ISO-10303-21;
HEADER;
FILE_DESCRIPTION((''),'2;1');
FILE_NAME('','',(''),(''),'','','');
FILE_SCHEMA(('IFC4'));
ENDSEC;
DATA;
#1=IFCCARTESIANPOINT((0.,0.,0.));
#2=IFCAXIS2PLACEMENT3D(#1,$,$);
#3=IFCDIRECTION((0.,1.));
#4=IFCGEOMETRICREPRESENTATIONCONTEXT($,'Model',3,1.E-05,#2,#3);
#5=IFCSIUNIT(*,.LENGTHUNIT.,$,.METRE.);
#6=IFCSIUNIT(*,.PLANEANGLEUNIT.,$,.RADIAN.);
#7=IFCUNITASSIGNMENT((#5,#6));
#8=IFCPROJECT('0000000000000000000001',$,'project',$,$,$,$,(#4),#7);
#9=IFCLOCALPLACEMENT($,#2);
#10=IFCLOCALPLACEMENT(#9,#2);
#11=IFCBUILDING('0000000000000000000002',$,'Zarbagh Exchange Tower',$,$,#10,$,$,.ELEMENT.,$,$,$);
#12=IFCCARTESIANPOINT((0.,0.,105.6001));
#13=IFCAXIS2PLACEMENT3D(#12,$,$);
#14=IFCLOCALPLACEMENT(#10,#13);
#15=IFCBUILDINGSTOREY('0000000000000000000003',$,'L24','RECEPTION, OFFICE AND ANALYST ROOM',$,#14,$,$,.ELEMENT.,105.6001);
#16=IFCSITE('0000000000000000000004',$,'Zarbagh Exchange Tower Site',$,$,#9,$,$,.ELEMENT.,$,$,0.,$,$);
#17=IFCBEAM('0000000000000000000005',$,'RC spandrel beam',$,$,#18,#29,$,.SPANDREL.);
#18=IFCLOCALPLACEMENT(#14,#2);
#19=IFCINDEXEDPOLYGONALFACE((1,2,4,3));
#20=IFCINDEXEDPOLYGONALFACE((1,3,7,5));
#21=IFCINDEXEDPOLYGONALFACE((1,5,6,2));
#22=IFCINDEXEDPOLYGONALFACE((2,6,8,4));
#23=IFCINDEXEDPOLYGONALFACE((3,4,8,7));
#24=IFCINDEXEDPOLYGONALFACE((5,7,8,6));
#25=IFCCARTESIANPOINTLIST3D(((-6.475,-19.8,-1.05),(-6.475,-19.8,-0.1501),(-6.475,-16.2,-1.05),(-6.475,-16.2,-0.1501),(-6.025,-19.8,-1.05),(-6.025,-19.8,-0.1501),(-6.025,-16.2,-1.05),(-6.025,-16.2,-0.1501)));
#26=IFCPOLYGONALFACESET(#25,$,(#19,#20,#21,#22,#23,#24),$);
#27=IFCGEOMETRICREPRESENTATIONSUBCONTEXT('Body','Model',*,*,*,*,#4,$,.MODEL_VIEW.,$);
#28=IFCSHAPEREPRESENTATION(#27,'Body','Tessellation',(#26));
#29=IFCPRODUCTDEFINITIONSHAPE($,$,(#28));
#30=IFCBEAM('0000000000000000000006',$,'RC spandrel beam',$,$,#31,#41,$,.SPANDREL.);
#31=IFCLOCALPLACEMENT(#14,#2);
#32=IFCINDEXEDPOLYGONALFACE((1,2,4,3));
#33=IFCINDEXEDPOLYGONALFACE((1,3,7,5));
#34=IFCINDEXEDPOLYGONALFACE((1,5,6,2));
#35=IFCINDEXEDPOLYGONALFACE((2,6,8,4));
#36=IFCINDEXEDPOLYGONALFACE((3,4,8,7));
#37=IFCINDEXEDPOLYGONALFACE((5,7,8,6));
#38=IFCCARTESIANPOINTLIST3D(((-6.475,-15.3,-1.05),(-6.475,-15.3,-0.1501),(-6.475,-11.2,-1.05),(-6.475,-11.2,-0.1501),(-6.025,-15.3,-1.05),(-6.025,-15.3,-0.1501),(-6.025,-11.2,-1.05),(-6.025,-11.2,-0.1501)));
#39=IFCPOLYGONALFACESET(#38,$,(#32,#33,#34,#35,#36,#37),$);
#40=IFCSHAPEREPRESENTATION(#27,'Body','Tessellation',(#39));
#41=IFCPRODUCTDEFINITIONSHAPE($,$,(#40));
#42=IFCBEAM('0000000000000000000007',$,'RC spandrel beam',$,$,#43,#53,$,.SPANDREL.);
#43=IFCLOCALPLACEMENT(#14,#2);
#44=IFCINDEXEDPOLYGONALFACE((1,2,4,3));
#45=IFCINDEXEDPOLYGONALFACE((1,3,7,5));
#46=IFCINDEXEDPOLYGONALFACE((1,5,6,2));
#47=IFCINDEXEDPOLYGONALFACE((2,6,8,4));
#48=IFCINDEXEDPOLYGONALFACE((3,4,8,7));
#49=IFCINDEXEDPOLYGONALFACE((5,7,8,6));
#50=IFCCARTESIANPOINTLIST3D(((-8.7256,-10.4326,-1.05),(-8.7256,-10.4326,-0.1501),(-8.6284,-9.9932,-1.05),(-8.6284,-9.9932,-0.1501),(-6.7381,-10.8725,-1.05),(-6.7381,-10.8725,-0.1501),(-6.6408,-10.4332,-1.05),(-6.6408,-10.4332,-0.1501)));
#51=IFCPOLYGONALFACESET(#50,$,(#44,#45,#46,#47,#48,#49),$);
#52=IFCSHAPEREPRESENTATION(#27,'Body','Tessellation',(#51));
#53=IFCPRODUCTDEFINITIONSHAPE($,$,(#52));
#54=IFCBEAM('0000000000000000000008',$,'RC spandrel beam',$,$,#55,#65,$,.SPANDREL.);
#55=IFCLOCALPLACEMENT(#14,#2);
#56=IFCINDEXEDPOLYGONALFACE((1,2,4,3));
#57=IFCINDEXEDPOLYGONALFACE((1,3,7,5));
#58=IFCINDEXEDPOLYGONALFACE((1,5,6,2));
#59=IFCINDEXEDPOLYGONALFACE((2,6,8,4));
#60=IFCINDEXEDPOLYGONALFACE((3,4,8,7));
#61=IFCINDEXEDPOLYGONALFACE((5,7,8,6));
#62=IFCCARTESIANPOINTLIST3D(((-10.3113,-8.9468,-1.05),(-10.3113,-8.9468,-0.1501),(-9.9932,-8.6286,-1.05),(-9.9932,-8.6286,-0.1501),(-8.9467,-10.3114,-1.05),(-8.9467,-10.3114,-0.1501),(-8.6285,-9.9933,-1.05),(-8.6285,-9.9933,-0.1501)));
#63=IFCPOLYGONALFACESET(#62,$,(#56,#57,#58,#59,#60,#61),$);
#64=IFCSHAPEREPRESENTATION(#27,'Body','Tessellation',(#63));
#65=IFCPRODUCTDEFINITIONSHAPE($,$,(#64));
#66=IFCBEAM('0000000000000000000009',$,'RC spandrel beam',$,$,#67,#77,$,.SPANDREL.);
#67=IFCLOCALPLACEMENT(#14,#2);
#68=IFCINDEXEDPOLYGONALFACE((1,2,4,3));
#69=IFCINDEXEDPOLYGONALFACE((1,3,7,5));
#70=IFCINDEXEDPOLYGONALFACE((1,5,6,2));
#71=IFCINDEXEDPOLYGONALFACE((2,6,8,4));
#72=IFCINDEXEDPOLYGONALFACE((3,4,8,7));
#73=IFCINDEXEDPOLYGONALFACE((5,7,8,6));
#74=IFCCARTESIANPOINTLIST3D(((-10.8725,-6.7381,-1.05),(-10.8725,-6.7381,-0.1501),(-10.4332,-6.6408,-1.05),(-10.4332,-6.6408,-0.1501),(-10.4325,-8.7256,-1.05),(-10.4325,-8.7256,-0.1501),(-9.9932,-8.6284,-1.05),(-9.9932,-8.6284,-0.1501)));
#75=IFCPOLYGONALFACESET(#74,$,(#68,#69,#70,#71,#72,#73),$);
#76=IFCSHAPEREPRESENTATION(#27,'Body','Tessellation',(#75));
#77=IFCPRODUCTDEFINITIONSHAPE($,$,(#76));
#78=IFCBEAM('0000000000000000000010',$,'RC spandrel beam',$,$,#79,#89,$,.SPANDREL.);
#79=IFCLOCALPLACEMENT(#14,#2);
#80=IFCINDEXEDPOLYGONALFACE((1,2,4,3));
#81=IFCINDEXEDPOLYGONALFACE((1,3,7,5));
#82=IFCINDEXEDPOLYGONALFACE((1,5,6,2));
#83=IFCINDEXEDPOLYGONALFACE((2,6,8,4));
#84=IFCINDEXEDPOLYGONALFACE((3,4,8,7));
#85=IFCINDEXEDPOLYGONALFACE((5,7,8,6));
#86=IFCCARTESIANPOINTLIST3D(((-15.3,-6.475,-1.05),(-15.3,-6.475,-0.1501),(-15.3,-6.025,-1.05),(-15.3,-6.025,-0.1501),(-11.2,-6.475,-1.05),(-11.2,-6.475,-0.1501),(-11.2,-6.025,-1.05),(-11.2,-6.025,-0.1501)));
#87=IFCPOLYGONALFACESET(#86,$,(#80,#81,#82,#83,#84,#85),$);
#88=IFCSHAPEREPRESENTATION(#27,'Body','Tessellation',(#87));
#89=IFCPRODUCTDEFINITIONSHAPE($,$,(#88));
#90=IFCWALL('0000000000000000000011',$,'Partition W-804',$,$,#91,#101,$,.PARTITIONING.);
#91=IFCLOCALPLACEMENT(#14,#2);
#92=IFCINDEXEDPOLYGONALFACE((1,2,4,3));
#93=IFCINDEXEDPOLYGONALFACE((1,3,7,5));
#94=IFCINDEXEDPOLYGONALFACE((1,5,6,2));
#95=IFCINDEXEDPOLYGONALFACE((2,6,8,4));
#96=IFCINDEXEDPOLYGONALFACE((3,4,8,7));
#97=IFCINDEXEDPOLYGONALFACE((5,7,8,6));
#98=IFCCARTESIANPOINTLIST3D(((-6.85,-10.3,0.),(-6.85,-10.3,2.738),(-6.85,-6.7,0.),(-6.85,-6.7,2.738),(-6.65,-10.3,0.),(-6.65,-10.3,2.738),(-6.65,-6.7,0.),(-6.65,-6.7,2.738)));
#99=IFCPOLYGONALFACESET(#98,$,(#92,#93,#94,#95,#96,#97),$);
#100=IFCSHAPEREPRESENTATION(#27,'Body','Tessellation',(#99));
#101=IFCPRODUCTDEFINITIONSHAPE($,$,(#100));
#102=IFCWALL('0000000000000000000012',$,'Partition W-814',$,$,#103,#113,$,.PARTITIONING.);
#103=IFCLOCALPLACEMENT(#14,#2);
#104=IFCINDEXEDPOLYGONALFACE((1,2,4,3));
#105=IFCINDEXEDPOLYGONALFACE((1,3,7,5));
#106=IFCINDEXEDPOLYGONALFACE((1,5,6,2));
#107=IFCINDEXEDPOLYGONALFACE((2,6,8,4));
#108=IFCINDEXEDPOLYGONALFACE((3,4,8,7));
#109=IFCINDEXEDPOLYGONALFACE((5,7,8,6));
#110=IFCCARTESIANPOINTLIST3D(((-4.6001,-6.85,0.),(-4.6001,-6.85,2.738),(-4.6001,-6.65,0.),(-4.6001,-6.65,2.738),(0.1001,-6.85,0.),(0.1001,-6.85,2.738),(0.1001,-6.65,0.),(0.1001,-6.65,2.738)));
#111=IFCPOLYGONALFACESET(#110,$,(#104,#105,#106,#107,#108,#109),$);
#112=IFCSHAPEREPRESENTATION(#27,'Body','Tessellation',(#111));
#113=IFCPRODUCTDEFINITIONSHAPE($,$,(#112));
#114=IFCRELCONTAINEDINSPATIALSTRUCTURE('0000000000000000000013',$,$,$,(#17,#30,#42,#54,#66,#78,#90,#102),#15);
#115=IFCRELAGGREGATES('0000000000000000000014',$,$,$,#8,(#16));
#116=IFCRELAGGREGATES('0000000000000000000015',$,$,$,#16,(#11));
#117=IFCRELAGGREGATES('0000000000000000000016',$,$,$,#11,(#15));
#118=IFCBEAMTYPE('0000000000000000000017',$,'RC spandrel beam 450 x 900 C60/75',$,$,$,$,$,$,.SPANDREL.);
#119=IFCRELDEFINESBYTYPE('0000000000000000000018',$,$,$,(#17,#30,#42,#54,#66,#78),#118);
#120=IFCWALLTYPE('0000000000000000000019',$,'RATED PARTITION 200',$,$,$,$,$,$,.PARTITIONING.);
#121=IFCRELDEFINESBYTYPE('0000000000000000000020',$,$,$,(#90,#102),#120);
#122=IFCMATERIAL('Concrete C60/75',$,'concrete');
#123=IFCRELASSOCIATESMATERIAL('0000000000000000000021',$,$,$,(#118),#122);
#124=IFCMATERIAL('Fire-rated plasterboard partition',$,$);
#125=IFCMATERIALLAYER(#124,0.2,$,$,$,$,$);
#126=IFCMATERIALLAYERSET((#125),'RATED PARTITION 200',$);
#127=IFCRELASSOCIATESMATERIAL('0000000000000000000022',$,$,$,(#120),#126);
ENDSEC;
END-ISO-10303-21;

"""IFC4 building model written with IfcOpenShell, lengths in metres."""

from ifc_helpers import new_model, si_unit, direction, frame, frame_2d, origin, origin_2d, place, context, subcontext, project, spatial, rectangle, extrude, material, layer, layer_set, material_profile, profile_set, type_object, element, save


model = new_model("IFC4")

# Units and contexts
model_context = context("Model", 3, precision=1e-05, world=origin(), true_north=direction((0.0, 1.0)))
body_context = subcontext(model_context, "Body", "Model", "MODEL_VIEW")
ifc_project = project(units=[si_unit("LENGTHUNIT", "METRE"), si_unit("PLANEANGLEUNIT", "RADIAN")], contexts=[model_context])

# Site, building, storey
site_placement = place(None, origin())
site = spatial("IfcSite", under=ifc_project, at=site_placement, Name="Zarbagh Exchange Tower Site", CompositionType="ELEMENT", RefElevation=0.0)
building_placement = place(site_placement, origin())
building = spatial("IfcBuilding", under=site, at=building_placement, Name="Zarbagh Exchange Tower", CompositionType="ELEMENT")
storey_placement = place(building_placement, frame((0.0, 0.0, 105.6001)))
storey = spatial("IfcBuildingStorey", under=building, at=storey_placement, Name="L24", Description="RECEPTION, OFFICE AND ANALYST ROOM", CompositionType="ELEMENT", Elevation=105.6001)

# Shared definitions
ifc_material_1 = material(Name="Concrete C60/75", Category="concrete")

# Beams
ifc_material_profile_1 = material_profile(ifc_material_1, rectangle(XDim=0.45, YDim=0.8999, at=origin_2d()), Name="RC spandrel beam 450 x 900 C60/75")
ifc_profile_set_1 = profile_set([ifc_material_profile_1], Name="Concrete C60/75")
beam_type_1 = type_object("IfcBeamType", Name="RC spandrel beam 450 x 900 C60/75", PredefinedType="SPANDREL", material=ifc_profile_set_1)
beam_1_placement = place(storey_placement, frame((-6.25, -19.8, -0.6001), z_axis=(0.0, 1.0, 0.0), x_axis=(-1.0, 0.0, 0.0)))
element("IfcBeam", 1, at=beam_1_placement, inside=storey, type_object=beam_type_1, Name="RC spandrel beam", PredefinedType="SPANDREL", context=body_context, shape_type="SweptSolid", body=[
    extrude(rectangle(XDim=0.45, YDim=0.8999, at=origin_2d()), origin(), (0.0, 0.0, 1.0), 3.6001),
])
beam_2_placement = place(storey_placement, frame((-6.25, -15.3, -0.6001), z_axis=(0.0, 1.0, 0.0), x_axis=(-1.0, 0.0, 0.0)))
element("IfcBeam", 2, at=beam_2_placement, inside=storey, type_object=beam_type_1, Name="RC spandrel beam", PredefinedType="SPANDREL", context=body_context, shape_type="SweptSolid", body=[
    extrude(rectangle(XDim=0.45, YDim=0.8999, at=origin_2d()), origin(), (0.0, 0.0, 1.0), 4.1001),
])
beam_3_placement = place(storey_placement, frame((-6.6895, -10.6528, -0.6001), z_axis=(-0.976367, 0.216118, 0.0), x_axis=(-0.216118, -0.976367, 0.0)))
element("IfcBeam", 3, at=beam_3_placement, inside=storey, type_object=beam_type_1, Name="RC spandrel beam", PredefinedType="SPANDREL", context=body_context, shape_type="SweptSolid", body=[
    extrude(rectangle(XDim=0.45, YDim=0.8999, at=origin_2d()), origin(), (0.0, 0.0, 1.0), 2.0356),
])
beam_4_placement = place(storey_placement, frame((-8.7876, -10.1523, -0.6001), z_axis=(-0.707107, 0.707107, 0.0), x_axis=(-0.707107, -0.707107, 0.0)))
element("IfcBeam", 4, at=beam_4_placement, inside=storey, type_object=beam_type_1, Name="RC spandrel beam", PredefinedType="SPANDREL", context=body_context, shape_type="SweptSolid", body=[
    extrude(rectangle(XDim=0.45, YDim=0.8999, at=origin_2d()), origin(), (0.0, 0.0, 1.0), 1.9299),
])
beam_5_placement = place(storey_placement, frame((-10.2129, -8.677, -0.6001), z_axis=(-0.216118, 0.976367, 0.0), x_axis=(-0.976367, -0.216118, 0.0)))
element("IfcBeam", 5, at=beam_5_placement, inside=storey, type_object=beam_type_1, Name="RC spandrel beam", PredefinedType="SPANDREL", context=body_context, shape_type="SweptSolid", body=[
    extrude(rectangle(XDim=0.45, YDim=0.8999, at=origin_2d()), origin(), (0.0, 0.0, 1.0), 2.0356),
])
beam_6_placement = place(storey_placement, frame((-11.2, -6.25, -0.6001), z_axis=(-1.0, 0.0, 0.0), x_axis=(0.0, -1.0, 0.0)))
element("IfcBeam", 6, at=beam_6_placement, inside=storey, type_object=beam_type_1, Name="RC spandrel beam", PredefinedType="SPANDREL", context=body_context, shape_type="SweptSolid", body=[
    extrude(rectangle(XDim=0.45, YDim=0.8999, at=origin_2d()), origin(), (0.0, 0.0, 1.0), 4.1001),
])

# Walls
ifc_material_2 = material(Name="Fire-rated plasterboard partition")
ifc_layer = layer(ifc_material_2, 0.2)
ifc_layer_set = layer_set([ifc_layer], Name="RATED PARTITION 200")
wall_type = type_object("IfcWallType", Name="RATED PARTITION 200", PredefinedType="PARTITIONING", material=ifc_layer_set)
wall_1_placement = place(storey_placement, frame((-6.75, -10.3, 0.0), z_axis=(0.0, 0.0, 1.0), x_axis=(0.0, 1.0, 0.0)))
element("IfcWall", 7, at=wall_1_placement, inside=storey, type_object=wall_type, Name="Partition W-804", PredefinedType="PARTITIONING", context=body_context, shape_type="SweptSolid", body=[
    extrude(rectangle(XDim=3.6001, YDim=0.2, at=frame_2d((1.8, 0.0))), origin(), (0.0, 0.0, 1.0), 2.738),
])
wall_2_placement = place(storey_placement, frame((-4.6001, -6.75, 0.0), z_axis=(0.0, 0.0, 1.0), x_axis=(1.0, 0.0, 0.0)))
element("IfcWall", 8, at=wall_2_placement, inside=storey, type_object=wall_type, Name="Partition W-814", PredefinedType="PARTITIONING", context=body_context, shape_type="SweptSolid", body=[
    extrude(rectangle(XDim=4.7002, YDim=0.2, at=frame_2d((2.3501, 0.0))), origin(), (0.0, 0.0, 1.0), 2.738),
])

save(model, "model.ifc")
